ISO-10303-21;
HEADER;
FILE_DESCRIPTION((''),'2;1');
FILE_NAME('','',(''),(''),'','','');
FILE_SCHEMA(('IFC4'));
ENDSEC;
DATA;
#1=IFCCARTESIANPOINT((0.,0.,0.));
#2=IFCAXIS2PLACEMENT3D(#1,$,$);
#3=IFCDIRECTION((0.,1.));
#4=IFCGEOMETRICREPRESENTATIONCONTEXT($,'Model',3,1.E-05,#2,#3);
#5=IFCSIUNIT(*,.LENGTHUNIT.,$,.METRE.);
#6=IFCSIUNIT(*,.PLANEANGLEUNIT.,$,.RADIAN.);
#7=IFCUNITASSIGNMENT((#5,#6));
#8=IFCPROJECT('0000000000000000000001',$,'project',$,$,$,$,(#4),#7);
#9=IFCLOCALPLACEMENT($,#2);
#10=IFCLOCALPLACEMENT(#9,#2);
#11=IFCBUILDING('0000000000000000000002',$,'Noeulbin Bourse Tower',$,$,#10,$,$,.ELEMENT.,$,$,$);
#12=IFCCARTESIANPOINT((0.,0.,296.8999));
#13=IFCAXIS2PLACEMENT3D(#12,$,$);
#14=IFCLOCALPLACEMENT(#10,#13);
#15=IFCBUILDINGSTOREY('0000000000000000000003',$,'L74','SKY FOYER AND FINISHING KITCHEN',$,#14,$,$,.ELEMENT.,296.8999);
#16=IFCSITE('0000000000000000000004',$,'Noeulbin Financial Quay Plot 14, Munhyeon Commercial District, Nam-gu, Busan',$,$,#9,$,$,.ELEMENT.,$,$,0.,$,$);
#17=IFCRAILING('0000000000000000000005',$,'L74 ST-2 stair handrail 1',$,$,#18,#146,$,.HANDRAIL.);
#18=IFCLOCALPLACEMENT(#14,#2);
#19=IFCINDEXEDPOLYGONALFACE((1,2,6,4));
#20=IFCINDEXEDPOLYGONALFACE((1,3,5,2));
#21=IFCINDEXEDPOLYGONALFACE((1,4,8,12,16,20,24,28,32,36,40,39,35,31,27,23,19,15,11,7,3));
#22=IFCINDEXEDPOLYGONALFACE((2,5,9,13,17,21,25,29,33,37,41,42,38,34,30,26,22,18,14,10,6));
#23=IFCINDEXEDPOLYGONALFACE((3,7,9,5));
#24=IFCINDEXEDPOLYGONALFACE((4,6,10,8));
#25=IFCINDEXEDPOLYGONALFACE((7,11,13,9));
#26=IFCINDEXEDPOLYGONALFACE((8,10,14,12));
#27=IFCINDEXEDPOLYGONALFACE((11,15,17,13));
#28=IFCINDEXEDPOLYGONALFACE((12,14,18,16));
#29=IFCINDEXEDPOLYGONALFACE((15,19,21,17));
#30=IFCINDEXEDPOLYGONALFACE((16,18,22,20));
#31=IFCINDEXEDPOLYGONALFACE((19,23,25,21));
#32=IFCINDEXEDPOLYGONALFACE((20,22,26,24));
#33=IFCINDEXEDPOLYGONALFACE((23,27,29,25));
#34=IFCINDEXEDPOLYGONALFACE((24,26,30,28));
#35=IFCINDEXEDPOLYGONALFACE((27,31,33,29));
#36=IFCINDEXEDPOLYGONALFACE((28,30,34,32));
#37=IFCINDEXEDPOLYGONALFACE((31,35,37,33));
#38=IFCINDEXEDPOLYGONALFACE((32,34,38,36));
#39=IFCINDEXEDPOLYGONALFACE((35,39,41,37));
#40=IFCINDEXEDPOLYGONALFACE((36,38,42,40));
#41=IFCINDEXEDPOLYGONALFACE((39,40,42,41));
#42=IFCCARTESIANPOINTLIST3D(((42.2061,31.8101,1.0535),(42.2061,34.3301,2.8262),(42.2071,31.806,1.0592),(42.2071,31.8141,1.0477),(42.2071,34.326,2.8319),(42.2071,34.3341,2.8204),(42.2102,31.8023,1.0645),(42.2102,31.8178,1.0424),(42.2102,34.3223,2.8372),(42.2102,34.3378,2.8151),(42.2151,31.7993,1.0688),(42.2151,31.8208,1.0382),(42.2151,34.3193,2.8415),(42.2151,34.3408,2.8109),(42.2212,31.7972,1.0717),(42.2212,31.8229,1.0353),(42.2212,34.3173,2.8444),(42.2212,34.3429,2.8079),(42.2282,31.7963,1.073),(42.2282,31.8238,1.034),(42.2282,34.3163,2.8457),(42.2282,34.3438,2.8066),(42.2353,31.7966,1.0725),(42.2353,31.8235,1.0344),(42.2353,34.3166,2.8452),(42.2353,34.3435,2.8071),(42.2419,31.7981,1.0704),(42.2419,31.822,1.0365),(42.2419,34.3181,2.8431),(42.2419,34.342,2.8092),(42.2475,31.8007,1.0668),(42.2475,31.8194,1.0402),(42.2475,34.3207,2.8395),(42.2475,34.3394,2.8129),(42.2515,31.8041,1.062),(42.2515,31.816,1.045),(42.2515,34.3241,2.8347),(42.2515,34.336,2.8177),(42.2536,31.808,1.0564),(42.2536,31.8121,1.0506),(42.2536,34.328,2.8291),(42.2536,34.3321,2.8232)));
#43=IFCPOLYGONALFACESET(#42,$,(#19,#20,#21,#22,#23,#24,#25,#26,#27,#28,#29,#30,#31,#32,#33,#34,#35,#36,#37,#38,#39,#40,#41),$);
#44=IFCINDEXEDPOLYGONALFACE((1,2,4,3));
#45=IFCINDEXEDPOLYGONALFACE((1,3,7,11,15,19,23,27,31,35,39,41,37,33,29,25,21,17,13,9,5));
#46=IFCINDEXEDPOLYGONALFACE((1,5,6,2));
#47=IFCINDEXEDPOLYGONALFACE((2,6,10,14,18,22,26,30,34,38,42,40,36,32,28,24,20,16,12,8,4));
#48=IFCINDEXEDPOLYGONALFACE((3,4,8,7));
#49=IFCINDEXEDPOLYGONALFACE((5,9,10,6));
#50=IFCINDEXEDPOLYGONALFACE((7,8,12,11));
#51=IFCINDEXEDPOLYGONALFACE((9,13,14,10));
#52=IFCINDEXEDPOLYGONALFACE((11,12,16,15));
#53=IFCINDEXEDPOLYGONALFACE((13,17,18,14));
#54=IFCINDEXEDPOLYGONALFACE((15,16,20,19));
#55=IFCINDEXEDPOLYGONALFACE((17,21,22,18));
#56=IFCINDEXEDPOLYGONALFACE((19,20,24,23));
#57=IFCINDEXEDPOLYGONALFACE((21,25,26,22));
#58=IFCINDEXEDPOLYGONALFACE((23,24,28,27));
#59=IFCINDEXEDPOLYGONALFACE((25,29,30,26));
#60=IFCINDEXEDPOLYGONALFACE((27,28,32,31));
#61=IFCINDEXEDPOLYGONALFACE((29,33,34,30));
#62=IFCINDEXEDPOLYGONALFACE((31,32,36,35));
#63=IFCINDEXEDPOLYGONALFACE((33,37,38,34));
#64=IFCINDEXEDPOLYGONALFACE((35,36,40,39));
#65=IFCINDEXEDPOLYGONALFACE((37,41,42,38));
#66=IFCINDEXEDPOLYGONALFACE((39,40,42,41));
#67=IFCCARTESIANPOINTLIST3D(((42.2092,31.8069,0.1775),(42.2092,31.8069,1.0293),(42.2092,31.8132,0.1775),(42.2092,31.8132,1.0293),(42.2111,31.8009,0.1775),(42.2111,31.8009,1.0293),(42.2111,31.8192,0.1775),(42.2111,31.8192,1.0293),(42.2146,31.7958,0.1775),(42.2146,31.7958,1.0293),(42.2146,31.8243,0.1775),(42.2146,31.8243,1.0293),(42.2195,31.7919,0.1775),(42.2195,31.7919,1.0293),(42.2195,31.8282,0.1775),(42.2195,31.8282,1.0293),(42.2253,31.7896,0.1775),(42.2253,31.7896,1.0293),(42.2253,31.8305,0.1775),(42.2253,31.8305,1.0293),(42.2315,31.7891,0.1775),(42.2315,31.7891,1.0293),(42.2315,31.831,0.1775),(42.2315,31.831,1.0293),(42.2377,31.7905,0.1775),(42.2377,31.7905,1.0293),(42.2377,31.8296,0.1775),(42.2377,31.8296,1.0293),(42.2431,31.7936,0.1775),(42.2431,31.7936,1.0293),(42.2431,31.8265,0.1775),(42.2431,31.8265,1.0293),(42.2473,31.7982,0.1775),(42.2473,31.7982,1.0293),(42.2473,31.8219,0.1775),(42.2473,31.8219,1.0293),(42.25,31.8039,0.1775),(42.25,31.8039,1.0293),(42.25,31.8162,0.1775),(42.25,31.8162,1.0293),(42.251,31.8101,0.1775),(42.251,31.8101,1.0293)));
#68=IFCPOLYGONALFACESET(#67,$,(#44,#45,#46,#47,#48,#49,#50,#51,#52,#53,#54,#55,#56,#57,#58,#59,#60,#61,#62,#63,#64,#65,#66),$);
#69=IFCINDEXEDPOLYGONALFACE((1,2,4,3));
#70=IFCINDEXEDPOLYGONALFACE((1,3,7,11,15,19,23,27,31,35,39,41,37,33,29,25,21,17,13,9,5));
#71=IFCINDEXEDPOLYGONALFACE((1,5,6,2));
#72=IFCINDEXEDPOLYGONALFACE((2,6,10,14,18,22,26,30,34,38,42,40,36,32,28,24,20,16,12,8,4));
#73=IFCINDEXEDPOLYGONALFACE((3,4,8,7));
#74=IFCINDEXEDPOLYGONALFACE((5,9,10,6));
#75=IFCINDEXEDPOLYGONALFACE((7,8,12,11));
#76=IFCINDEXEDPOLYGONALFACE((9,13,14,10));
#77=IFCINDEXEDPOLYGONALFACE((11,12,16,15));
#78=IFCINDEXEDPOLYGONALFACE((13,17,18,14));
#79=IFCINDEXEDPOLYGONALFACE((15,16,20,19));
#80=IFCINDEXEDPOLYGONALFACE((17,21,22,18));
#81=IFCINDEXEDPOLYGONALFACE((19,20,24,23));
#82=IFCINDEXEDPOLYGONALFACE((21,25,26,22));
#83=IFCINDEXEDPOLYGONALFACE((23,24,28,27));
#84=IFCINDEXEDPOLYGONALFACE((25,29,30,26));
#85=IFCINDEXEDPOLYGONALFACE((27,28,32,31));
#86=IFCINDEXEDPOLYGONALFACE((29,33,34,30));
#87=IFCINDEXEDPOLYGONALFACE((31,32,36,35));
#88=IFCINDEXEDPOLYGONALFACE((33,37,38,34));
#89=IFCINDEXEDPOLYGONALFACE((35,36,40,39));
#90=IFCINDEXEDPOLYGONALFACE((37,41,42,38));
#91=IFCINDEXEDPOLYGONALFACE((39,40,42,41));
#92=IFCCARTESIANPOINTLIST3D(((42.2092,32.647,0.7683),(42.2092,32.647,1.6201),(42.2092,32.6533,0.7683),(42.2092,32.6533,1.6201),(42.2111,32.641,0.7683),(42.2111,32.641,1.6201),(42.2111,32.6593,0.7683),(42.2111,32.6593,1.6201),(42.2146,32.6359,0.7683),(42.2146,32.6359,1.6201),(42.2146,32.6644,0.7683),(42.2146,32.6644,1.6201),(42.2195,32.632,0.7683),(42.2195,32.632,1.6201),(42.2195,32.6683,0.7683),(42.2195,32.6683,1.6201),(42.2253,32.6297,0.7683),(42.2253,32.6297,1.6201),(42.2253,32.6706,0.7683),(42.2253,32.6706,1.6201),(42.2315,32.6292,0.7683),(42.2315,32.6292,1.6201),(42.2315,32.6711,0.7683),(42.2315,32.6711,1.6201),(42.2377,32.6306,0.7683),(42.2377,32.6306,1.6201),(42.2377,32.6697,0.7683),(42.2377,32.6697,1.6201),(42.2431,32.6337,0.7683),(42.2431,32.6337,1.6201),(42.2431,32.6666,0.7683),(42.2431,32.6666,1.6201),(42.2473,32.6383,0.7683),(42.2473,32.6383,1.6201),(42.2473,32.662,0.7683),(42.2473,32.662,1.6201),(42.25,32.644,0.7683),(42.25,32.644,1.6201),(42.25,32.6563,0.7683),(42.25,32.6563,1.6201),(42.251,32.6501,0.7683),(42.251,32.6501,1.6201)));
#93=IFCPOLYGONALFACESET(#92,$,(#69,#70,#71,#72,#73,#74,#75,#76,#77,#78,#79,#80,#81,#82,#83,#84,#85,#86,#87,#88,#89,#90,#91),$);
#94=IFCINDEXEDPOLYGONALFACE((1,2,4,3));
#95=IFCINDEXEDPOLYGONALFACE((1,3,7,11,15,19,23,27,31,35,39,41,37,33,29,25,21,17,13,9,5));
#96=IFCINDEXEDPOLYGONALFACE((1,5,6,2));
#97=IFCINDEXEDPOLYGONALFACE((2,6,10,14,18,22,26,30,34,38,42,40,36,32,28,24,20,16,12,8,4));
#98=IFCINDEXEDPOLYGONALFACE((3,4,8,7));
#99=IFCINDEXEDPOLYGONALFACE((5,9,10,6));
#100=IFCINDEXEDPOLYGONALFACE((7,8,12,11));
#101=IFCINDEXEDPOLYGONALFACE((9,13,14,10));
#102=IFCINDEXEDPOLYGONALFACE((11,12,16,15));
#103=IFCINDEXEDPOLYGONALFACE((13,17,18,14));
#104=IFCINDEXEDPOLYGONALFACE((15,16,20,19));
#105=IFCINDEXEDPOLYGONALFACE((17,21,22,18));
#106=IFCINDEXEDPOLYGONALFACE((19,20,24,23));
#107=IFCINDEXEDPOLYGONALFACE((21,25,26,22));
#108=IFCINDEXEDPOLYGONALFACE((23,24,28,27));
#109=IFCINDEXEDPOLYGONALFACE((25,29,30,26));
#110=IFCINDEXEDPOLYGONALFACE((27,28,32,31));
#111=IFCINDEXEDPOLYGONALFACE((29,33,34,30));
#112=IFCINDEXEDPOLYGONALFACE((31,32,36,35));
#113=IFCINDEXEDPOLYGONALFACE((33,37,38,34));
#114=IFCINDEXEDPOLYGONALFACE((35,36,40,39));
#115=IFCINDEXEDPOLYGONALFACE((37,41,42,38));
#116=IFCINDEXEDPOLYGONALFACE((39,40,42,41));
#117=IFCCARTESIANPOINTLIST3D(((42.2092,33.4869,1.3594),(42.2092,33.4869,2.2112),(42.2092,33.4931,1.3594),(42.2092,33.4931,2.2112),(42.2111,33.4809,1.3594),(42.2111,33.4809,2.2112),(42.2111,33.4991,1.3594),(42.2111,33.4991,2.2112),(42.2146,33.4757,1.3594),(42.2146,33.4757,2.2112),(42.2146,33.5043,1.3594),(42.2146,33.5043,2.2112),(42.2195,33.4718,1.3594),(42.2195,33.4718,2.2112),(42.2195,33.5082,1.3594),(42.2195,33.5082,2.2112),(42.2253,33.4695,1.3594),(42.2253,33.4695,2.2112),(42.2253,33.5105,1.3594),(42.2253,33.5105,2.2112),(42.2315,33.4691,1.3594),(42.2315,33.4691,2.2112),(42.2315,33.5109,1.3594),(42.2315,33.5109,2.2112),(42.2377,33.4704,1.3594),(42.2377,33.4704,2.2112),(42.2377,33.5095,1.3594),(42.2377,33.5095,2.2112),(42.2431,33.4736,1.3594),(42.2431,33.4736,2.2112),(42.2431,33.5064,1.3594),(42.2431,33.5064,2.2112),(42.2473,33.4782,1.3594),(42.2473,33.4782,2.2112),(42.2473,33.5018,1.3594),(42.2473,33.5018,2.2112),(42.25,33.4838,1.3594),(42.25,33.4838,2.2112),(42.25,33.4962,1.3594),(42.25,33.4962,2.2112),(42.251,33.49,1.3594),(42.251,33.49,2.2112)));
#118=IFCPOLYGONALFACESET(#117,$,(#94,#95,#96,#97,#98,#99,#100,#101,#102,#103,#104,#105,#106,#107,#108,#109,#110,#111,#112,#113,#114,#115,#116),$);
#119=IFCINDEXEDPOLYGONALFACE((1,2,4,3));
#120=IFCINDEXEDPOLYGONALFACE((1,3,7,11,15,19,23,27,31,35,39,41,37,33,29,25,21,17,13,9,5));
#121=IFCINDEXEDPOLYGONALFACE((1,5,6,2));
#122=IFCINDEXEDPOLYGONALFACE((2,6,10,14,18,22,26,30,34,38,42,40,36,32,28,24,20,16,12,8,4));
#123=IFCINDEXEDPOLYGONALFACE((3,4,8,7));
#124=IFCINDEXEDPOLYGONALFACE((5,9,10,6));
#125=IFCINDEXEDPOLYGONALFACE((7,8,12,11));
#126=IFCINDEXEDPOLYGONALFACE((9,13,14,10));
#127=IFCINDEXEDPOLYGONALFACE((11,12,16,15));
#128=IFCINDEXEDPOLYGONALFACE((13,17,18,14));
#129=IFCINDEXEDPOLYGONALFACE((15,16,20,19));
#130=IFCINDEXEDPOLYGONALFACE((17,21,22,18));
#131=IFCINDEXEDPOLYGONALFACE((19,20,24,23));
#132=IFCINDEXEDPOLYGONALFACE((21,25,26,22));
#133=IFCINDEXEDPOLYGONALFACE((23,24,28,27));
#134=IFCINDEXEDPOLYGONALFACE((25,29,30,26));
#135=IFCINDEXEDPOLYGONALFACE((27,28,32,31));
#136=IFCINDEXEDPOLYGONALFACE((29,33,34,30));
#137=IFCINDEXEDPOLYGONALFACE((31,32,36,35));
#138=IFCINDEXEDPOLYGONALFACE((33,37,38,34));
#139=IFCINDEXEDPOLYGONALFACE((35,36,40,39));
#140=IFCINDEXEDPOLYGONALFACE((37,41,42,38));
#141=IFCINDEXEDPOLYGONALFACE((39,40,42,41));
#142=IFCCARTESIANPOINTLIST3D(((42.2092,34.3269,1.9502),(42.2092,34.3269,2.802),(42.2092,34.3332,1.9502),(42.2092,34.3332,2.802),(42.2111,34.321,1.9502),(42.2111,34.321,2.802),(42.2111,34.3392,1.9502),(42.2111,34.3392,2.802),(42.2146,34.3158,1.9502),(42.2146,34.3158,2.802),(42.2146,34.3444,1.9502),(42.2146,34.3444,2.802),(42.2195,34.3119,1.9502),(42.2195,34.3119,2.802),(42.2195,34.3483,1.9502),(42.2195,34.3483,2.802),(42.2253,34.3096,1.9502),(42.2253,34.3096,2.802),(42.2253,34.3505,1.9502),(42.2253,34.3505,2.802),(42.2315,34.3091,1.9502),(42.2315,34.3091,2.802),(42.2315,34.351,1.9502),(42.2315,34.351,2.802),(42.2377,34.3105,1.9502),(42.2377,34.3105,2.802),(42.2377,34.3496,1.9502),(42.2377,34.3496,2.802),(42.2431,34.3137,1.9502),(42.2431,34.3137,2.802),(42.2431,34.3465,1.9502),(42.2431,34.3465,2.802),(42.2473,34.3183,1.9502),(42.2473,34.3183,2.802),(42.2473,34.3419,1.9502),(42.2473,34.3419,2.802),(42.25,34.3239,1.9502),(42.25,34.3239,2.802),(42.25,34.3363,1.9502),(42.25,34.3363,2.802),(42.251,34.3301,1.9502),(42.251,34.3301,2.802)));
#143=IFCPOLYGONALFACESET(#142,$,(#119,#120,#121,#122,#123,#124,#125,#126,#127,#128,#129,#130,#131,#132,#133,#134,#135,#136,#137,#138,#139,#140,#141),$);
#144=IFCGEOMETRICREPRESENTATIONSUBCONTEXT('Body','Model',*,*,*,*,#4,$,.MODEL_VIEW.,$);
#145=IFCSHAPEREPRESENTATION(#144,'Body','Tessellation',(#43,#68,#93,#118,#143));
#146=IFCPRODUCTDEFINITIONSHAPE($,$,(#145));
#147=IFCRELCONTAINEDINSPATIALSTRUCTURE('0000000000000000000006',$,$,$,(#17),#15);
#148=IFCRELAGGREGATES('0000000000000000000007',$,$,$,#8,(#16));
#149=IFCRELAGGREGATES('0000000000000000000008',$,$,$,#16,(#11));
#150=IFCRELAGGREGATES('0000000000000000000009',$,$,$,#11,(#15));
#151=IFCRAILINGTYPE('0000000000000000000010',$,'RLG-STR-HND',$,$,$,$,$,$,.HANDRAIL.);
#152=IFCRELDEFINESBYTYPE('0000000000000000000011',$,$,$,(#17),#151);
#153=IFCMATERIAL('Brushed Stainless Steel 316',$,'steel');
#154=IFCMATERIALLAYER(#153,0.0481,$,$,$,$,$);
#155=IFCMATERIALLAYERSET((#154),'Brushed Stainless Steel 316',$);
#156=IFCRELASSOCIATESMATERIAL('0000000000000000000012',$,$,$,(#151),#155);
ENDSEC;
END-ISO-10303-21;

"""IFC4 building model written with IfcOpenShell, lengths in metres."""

from ifc_helpers import new_model, si_unit, direction, frame, origin, origin_2d, place, context, subcontext, project, spatial, circle, extrude, material, layer, layer_set, type_object, element, save


model = new_model("IFC4")

# Units and contexts
model_context = context("Model", 3, precision=1e-05, world=origin(), true_north=direction((0.0, 1.0)))
body_context = subcontext(model_context, "Body", "Model", "MODEL_VIEW")
ifc_project = project(units=[si_unit("LENGTHUNIT", "METRE"), si_unit("PLANEANGLEUNIT", "RADIAN")], contexts=[model_context])

# Site, building, storey
site_placement = place(None, origin())
site = spatial("IfcSite", under=ifc_project, at=site_placement, Name="Noeulbin Financial Quay Plot 14, Munhyeon Commercial District, Nam-gu, Busan", CompositionType="ELEMENT", RefElevation=0.0)
building_placement = place(site_placement, origin())
building = spatial("IfcBuilding", under=site, at=building_placement, Name="Noeulbin Bourse Tower", CompositionType="ELEMENT")
storey_placement = place(building_placement, frame((0.0, 0.0, 296.8999)))
storey = spatial("IfcBuildingStorey", under=building, at=storey_placement, Name="L74", Description="SKY FOYER AND FINISHING KITCHEN", CompositionType="ELEMENT", Elevation=296.8999)

# Railing
ifc_material_1 = material(Name="Brushed Stainless Steel 316", Category="steel")
ifc_layer_1 = layer(ifc_material_1, 0.0481)
ifc_layer_set_1 = layer_set([ifc_layer_1], Name="Brushed Stainless Steel 316")
railing_type_1 = type_object("IfcRailingType", Name="RLG-STR-HND", PredefinedType="HANDRAIL", material=ifc_layer_set_1)
railing_1_placement = place(storey_placement, frame((42.23, 31.8101, 0.1775)))
element("IfcRailing", 1, at=railing_1_placement, inside=storey, type_object=railing_type_1, Name="L74 ST-2 stair handrail 1", PredefinedType="HANDRAIL", context=body_context, shape_type="SweptSolid", body=[
    extrude(circle(Radius=0.0239, at=origin_2d()), frame((0.0, 0.0, 0.876), z_axis=(0.0, 0.817904, 0.575354), x_axis=(-1.0, 0.0, 0.0)), (0.0, 0.0, 1.0), 3.0811),
    extrude(circle(Radius=0.021, at=origin_2d()), origin(), (0.0, 0.0, 1.0), 0.8518),
    extrude(circle(Radius=0.021, at=origin_2d()), frame((0.0, 0.8401, 0.5908)), (0.0, 0.0, 1.0), 0.8518),
    extrude(circle(Radius=0.021, at=origin_2d()), frame((0.0, 1.6799, 1.1819)), (0.0, 0.0, 1.0), 0.8518),
    extrude(circle(Radius=0.021, at=origin_2d()), frame((0.0, 2.52, 1.7727)), (0.0, 0.0, 1.0), 0.8518),
])

save(model, "model.ifc")
